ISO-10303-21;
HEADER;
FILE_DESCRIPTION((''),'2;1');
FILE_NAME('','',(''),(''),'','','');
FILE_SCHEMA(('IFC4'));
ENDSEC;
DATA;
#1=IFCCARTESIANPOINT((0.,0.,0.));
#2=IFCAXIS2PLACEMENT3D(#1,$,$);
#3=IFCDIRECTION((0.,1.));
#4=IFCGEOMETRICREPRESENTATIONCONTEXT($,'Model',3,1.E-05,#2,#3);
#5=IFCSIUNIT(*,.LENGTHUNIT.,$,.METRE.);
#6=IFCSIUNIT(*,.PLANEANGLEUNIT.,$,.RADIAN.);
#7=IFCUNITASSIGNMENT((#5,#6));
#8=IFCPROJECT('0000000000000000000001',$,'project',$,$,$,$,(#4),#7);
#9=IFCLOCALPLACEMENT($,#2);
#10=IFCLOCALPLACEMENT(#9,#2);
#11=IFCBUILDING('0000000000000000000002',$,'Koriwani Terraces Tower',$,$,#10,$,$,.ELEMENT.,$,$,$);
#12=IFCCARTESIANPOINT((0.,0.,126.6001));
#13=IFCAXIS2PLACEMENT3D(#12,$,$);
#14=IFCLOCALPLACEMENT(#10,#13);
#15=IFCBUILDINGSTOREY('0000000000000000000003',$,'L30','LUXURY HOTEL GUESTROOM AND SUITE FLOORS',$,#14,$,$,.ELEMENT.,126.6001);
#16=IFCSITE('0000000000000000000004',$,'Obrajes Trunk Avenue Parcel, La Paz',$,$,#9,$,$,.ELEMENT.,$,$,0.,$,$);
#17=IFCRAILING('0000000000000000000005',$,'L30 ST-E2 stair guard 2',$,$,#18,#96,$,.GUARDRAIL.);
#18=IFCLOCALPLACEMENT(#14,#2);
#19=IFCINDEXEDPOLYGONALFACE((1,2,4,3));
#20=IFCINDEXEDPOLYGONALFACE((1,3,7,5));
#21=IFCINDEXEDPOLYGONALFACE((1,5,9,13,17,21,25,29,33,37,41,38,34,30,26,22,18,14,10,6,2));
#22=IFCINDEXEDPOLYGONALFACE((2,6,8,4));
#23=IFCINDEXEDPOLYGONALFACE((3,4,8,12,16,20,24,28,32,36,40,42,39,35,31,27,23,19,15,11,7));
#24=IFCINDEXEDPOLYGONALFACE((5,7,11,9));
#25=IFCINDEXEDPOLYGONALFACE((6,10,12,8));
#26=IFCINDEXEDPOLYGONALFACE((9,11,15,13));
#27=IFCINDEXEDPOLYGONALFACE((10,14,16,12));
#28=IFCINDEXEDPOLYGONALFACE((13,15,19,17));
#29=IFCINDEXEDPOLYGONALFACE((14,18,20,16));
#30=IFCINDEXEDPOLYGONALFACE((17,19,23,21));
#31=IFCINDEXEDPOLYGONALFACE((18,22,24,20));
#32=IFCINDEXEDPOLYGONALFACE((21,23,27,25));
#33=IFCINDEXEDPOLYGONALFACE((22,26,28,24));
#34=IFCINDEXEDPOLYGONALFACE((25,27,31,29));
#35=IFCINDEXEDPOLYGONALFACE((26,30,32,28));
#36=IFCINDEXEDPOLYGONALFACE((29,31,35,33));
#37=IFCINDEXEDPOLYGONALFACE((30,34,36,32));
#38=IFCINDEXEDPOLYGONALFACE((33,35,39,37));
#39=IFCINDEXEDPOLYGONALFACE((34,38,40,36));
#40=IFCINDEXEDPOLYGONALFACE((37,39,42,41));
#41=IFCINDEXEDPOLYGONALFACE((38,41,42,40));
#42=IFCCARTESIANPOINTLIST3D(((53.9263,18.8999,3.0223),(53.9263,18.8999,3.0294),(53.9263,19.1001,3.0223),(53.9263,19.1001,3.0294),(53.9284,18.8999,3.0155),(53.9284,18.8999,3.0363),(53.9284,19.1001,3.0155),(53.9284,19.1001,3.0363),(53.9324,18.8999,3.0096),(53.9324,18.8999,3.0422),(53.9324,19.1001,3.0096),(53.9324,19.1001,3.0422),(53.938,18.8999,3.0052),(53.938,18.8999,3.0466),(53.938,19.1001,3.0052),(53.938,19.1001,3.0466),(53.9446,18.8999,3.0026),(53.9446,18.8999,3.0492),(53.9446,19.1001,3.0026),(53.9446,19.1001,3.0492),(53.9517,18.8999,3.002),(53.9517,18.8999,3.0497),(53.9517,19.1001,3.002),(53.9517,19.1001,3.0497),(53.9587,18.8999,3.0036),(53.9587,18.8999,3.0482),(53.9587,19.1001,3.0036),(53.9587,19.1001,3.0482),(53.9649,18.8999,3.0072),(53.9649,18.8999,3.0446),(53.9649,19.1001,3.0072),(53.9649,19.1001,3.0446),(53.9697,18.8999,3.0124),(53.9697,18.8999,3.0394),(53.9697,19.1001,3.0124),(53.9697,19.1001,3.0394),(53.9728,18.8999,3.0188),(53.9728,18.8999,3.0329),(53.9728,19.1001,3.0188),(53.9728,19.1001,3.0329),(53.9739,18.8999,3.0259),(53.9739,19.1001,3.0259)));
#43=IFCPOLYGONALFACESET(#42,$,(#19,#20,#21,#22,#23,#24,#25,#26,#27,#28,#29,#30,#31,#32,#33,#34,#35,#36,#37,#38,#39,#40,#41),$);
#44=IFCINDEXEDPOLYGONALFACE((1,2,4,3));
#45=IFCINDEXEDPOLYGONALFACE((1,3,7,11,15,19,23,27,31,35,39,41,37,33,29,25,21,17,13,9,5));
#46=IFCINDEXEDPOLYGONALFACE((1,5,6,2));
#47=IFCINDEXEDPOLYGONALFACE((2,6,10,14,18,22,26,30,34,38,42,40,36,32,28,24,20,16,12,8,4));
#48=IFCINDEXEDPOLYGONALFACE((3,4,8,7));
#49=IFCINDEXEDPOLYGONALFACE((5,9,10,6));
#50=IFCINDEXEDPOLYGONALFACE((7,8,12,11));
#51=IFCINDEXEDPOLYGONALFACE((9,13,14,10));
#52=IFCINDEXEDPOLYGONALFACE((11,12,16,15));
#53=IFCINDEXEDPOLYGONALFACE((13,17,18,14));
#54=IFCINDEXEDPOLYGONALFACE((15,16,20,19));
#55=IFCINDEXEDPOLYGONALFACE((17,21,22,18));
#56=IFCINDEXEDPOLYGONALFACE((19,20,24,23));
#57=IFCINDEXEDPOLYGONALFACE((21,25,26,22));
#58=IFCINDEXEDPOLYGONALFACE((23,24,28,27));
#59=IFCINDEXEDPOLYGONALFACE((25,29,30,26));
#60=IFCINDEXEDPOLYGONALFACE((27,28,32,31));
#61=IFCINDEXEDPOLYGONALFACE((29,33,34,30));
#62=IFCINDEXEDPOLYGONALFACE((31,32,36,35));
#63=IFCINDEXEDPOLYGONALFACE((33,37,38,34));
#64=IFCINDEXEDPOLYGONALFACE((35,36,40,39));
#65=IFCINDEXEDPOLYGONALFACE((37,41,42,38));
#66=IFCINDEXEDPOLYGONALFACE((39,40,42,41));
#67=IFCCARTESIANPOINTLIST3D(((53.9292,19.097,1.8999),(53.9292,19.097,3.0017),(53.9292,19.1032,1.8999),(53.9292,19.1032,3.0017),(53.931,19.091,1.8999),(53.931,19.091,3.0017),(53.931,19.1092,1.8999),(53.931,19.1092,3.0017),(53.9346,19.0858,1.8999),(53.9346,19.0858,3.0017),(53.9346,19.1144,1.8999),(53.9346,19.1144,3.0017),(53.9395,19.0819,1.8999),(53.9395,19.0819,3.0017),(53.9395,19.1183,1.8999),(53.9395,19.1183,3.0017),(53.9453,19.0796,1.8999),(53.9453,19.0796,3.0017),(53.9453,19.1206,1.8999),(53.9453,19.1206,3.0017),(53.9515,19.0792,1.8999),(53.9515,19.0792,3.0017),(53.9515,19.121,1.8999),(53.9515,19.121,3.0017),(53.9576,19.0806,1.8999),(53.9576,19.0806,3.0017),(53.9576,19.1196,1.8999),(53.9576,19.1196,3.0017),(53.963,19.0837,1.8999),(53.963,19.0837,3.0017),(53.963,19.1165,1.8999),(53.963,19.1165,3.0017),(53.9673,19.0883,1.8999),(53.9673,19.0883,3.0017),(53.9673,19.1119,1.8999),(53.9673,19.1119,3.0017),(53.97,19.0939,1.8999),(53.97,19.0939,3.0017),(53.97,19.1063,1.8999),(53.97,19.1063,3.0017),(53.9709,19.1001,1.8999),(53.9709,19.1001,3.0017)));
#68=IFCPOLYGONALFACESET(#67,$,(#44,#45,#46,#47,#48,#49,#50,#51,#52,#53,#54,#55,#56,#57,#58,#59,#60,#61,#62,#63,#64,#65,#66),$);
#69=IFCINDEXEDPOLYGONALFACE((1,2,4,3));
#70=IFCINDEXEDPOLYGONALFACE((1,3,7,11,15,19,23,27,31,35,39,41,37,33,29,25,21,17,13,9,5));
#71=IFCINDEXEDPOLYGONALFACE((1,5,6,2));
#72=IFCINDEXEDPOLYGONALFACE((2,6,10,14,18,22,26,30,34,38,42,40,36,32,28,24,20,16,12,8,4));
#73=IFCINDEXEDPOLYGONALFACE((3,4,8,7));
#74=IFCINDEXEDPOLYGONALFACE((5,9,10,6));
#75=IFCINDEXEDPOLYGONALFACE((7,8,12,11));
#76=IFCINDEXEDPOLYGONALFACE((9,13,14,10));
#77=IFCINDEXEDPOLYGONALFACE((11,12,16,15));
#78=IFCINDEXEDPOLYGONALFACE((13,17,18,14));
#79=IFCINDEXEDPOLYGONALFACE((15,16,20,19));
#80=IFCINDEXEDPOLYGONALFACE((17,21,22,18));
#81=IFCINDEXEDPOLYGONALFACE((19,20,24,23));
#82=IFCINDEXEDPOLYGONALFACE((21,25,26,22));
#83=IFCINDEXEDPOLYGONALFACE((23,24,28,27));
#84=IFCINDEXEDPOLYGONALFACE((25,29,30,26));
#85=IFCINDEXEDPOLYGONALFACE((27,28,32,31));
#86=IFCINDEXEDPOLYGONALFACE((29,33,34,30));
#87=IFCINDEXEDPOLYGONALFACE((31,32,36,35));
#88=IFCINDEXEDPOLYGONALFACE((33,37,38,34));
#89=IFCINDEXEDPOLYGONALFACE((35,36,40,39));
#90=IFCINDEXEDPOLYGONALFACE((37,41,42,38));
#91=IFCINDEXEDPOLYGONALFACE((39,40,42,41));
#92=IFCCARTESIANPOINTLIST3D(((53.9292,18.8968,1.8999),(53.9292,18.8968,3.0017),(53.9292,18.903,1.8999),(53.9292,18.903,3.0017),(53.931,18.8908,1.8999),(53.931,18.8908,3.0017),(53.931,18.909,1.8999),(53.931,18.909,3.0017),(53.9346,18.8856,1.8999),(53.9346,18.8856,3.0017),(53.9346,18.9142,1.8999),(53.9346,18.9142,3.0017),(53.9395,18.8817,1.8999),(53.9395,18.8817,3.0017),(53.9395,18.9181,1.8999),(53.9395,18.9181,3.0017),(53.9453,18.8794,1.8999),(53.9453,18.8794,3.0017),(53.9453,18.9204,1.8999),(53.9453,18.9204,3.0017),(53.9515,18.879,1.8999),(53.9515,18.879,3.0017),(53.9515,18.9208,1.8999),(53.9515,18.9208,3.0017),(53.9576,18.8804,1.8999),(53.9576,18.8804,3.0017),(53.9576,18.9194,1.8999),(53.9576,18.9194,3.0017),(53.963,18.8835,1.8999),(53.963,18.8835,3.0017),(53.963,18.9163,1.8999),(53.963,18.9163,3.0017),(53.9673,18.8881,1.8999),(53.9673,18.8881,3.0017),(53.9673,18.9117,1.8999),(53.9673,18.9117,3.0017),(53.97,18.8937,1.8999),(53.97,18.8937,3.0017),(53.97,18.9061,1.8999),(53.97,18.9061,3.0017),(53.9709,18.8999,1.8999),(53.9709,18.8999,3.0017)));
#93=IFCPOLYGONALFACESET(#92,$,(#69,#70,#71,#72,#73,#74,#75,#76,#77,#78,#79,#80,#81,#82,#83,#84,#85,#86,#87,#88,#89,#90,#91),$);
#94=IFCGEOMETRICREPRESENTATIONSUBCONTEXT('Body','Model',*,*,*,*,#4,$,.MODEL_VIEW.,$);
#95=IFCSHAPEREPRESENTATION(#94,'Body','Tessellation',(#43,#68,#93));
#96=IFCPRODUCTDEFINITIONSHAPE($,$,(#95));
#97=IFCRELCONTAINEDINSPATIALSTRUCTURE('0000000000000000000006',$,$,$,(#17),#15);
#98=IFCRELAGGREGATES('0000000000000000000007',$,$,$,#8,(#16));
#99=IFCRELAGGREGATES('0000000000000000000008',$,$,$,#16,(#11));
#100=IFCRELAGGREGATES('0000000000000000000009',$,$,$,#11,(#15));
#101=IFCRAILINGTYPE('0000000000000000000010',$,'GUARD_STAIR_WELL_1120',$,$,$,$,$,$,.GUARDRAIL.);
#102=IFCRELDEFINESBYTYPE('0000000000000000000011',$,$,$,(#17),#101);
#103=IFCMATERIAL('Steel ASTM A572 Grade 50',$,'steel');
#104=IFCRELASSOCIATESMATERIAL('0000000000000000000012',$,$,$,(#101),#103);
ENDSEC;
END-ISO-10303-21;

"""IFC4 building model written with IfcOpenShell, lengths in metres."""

from ifc_helpers import new_model, si_unit, direction, frame, origin, origin_2d, place, context, subcontext, project, spatial, circle, extrude, material, type_object, element, save


model = new_model("IFC4")

# Units and contexts
model_context = context("Model", 3, precision=1e-05, world=origin(), true_north=direction((0.0, 1.0)))
body_context = subcontext(model_context, "Body", "Model", "MODEL_VIEW")
ifc_project = project(units=[si_unit("LENGTHUNIT", "METRE"), si_unit("PLANEANGLEUNIT", "RADIAN")], contexts=[model_context])

# Site, building, storey
site_placement = place(None, origin())
site = spatial("IfcSite", under=ifc_project, at=site_placement, Name="Obrajes Trunk Avenue Parcel, La Paz", CompositionType="ELEMENT", RefElevation=0.0)
building_placement = place(site_placement, origin())
building = spatial("IfcBuilding", under=site, at=building_placement, Name="Koriwani Terraces Tower", CompositionType="ELEMENT")
storey_placement = place(building_placement, frame((0.0, 0.0, 126.6001)))
storey = spatial("IfcBuildingStorey", under=building, at=storey_placement, Name="L30", Description="LUXURY HOTEL GUESTROOM AND SUITE FLOORS", CompositionType="ELEMENT", Elevation=126.6001)

# Shared definitions
ifc_material_1 = material(Name="Steel ASTM A572 Grade 50", Category="steel")

# Railing
railing_type_1 = type_object("IfcRailingType", Name="GUARD_STAIR_WELL_1120", PredefinedType="GUARDRAIL", material=ifc_material_1)
railing_1_placement = place(storey_placement, frame((53.95, 19.1001, 1.8999)))
element("IfcRailing", 1, at=railing_1_placement, inside=storey, type_object=railing_type_1, Name="L30 ST-E2 stair guard 2", PredefinedType="GUARDRAIL", context=body_context, shape_type="SweptSolid", body=[
    extrude(circle(Radius=0.0239, at=origin_2d()), frame((0.0, 0.0, 1.126), z_axis=(0.0, -1.0, 0.0), x_axis=(1.0, 0.0, 0.0)), (0.0, 0.0, 1.0), 0.2002),
    extrude(circle(Radius=0.021, at=origin_2d()), origin(), (0.0, 0.0, 1.0), 1.1018),
    extrude(circle(Radius=0.021, at=origin_2d()), frame((0.0, -0.2002, 0.0)), (0.0, 0.0, 1.0), 1.1018),
])

save(model, "model.ifc")
